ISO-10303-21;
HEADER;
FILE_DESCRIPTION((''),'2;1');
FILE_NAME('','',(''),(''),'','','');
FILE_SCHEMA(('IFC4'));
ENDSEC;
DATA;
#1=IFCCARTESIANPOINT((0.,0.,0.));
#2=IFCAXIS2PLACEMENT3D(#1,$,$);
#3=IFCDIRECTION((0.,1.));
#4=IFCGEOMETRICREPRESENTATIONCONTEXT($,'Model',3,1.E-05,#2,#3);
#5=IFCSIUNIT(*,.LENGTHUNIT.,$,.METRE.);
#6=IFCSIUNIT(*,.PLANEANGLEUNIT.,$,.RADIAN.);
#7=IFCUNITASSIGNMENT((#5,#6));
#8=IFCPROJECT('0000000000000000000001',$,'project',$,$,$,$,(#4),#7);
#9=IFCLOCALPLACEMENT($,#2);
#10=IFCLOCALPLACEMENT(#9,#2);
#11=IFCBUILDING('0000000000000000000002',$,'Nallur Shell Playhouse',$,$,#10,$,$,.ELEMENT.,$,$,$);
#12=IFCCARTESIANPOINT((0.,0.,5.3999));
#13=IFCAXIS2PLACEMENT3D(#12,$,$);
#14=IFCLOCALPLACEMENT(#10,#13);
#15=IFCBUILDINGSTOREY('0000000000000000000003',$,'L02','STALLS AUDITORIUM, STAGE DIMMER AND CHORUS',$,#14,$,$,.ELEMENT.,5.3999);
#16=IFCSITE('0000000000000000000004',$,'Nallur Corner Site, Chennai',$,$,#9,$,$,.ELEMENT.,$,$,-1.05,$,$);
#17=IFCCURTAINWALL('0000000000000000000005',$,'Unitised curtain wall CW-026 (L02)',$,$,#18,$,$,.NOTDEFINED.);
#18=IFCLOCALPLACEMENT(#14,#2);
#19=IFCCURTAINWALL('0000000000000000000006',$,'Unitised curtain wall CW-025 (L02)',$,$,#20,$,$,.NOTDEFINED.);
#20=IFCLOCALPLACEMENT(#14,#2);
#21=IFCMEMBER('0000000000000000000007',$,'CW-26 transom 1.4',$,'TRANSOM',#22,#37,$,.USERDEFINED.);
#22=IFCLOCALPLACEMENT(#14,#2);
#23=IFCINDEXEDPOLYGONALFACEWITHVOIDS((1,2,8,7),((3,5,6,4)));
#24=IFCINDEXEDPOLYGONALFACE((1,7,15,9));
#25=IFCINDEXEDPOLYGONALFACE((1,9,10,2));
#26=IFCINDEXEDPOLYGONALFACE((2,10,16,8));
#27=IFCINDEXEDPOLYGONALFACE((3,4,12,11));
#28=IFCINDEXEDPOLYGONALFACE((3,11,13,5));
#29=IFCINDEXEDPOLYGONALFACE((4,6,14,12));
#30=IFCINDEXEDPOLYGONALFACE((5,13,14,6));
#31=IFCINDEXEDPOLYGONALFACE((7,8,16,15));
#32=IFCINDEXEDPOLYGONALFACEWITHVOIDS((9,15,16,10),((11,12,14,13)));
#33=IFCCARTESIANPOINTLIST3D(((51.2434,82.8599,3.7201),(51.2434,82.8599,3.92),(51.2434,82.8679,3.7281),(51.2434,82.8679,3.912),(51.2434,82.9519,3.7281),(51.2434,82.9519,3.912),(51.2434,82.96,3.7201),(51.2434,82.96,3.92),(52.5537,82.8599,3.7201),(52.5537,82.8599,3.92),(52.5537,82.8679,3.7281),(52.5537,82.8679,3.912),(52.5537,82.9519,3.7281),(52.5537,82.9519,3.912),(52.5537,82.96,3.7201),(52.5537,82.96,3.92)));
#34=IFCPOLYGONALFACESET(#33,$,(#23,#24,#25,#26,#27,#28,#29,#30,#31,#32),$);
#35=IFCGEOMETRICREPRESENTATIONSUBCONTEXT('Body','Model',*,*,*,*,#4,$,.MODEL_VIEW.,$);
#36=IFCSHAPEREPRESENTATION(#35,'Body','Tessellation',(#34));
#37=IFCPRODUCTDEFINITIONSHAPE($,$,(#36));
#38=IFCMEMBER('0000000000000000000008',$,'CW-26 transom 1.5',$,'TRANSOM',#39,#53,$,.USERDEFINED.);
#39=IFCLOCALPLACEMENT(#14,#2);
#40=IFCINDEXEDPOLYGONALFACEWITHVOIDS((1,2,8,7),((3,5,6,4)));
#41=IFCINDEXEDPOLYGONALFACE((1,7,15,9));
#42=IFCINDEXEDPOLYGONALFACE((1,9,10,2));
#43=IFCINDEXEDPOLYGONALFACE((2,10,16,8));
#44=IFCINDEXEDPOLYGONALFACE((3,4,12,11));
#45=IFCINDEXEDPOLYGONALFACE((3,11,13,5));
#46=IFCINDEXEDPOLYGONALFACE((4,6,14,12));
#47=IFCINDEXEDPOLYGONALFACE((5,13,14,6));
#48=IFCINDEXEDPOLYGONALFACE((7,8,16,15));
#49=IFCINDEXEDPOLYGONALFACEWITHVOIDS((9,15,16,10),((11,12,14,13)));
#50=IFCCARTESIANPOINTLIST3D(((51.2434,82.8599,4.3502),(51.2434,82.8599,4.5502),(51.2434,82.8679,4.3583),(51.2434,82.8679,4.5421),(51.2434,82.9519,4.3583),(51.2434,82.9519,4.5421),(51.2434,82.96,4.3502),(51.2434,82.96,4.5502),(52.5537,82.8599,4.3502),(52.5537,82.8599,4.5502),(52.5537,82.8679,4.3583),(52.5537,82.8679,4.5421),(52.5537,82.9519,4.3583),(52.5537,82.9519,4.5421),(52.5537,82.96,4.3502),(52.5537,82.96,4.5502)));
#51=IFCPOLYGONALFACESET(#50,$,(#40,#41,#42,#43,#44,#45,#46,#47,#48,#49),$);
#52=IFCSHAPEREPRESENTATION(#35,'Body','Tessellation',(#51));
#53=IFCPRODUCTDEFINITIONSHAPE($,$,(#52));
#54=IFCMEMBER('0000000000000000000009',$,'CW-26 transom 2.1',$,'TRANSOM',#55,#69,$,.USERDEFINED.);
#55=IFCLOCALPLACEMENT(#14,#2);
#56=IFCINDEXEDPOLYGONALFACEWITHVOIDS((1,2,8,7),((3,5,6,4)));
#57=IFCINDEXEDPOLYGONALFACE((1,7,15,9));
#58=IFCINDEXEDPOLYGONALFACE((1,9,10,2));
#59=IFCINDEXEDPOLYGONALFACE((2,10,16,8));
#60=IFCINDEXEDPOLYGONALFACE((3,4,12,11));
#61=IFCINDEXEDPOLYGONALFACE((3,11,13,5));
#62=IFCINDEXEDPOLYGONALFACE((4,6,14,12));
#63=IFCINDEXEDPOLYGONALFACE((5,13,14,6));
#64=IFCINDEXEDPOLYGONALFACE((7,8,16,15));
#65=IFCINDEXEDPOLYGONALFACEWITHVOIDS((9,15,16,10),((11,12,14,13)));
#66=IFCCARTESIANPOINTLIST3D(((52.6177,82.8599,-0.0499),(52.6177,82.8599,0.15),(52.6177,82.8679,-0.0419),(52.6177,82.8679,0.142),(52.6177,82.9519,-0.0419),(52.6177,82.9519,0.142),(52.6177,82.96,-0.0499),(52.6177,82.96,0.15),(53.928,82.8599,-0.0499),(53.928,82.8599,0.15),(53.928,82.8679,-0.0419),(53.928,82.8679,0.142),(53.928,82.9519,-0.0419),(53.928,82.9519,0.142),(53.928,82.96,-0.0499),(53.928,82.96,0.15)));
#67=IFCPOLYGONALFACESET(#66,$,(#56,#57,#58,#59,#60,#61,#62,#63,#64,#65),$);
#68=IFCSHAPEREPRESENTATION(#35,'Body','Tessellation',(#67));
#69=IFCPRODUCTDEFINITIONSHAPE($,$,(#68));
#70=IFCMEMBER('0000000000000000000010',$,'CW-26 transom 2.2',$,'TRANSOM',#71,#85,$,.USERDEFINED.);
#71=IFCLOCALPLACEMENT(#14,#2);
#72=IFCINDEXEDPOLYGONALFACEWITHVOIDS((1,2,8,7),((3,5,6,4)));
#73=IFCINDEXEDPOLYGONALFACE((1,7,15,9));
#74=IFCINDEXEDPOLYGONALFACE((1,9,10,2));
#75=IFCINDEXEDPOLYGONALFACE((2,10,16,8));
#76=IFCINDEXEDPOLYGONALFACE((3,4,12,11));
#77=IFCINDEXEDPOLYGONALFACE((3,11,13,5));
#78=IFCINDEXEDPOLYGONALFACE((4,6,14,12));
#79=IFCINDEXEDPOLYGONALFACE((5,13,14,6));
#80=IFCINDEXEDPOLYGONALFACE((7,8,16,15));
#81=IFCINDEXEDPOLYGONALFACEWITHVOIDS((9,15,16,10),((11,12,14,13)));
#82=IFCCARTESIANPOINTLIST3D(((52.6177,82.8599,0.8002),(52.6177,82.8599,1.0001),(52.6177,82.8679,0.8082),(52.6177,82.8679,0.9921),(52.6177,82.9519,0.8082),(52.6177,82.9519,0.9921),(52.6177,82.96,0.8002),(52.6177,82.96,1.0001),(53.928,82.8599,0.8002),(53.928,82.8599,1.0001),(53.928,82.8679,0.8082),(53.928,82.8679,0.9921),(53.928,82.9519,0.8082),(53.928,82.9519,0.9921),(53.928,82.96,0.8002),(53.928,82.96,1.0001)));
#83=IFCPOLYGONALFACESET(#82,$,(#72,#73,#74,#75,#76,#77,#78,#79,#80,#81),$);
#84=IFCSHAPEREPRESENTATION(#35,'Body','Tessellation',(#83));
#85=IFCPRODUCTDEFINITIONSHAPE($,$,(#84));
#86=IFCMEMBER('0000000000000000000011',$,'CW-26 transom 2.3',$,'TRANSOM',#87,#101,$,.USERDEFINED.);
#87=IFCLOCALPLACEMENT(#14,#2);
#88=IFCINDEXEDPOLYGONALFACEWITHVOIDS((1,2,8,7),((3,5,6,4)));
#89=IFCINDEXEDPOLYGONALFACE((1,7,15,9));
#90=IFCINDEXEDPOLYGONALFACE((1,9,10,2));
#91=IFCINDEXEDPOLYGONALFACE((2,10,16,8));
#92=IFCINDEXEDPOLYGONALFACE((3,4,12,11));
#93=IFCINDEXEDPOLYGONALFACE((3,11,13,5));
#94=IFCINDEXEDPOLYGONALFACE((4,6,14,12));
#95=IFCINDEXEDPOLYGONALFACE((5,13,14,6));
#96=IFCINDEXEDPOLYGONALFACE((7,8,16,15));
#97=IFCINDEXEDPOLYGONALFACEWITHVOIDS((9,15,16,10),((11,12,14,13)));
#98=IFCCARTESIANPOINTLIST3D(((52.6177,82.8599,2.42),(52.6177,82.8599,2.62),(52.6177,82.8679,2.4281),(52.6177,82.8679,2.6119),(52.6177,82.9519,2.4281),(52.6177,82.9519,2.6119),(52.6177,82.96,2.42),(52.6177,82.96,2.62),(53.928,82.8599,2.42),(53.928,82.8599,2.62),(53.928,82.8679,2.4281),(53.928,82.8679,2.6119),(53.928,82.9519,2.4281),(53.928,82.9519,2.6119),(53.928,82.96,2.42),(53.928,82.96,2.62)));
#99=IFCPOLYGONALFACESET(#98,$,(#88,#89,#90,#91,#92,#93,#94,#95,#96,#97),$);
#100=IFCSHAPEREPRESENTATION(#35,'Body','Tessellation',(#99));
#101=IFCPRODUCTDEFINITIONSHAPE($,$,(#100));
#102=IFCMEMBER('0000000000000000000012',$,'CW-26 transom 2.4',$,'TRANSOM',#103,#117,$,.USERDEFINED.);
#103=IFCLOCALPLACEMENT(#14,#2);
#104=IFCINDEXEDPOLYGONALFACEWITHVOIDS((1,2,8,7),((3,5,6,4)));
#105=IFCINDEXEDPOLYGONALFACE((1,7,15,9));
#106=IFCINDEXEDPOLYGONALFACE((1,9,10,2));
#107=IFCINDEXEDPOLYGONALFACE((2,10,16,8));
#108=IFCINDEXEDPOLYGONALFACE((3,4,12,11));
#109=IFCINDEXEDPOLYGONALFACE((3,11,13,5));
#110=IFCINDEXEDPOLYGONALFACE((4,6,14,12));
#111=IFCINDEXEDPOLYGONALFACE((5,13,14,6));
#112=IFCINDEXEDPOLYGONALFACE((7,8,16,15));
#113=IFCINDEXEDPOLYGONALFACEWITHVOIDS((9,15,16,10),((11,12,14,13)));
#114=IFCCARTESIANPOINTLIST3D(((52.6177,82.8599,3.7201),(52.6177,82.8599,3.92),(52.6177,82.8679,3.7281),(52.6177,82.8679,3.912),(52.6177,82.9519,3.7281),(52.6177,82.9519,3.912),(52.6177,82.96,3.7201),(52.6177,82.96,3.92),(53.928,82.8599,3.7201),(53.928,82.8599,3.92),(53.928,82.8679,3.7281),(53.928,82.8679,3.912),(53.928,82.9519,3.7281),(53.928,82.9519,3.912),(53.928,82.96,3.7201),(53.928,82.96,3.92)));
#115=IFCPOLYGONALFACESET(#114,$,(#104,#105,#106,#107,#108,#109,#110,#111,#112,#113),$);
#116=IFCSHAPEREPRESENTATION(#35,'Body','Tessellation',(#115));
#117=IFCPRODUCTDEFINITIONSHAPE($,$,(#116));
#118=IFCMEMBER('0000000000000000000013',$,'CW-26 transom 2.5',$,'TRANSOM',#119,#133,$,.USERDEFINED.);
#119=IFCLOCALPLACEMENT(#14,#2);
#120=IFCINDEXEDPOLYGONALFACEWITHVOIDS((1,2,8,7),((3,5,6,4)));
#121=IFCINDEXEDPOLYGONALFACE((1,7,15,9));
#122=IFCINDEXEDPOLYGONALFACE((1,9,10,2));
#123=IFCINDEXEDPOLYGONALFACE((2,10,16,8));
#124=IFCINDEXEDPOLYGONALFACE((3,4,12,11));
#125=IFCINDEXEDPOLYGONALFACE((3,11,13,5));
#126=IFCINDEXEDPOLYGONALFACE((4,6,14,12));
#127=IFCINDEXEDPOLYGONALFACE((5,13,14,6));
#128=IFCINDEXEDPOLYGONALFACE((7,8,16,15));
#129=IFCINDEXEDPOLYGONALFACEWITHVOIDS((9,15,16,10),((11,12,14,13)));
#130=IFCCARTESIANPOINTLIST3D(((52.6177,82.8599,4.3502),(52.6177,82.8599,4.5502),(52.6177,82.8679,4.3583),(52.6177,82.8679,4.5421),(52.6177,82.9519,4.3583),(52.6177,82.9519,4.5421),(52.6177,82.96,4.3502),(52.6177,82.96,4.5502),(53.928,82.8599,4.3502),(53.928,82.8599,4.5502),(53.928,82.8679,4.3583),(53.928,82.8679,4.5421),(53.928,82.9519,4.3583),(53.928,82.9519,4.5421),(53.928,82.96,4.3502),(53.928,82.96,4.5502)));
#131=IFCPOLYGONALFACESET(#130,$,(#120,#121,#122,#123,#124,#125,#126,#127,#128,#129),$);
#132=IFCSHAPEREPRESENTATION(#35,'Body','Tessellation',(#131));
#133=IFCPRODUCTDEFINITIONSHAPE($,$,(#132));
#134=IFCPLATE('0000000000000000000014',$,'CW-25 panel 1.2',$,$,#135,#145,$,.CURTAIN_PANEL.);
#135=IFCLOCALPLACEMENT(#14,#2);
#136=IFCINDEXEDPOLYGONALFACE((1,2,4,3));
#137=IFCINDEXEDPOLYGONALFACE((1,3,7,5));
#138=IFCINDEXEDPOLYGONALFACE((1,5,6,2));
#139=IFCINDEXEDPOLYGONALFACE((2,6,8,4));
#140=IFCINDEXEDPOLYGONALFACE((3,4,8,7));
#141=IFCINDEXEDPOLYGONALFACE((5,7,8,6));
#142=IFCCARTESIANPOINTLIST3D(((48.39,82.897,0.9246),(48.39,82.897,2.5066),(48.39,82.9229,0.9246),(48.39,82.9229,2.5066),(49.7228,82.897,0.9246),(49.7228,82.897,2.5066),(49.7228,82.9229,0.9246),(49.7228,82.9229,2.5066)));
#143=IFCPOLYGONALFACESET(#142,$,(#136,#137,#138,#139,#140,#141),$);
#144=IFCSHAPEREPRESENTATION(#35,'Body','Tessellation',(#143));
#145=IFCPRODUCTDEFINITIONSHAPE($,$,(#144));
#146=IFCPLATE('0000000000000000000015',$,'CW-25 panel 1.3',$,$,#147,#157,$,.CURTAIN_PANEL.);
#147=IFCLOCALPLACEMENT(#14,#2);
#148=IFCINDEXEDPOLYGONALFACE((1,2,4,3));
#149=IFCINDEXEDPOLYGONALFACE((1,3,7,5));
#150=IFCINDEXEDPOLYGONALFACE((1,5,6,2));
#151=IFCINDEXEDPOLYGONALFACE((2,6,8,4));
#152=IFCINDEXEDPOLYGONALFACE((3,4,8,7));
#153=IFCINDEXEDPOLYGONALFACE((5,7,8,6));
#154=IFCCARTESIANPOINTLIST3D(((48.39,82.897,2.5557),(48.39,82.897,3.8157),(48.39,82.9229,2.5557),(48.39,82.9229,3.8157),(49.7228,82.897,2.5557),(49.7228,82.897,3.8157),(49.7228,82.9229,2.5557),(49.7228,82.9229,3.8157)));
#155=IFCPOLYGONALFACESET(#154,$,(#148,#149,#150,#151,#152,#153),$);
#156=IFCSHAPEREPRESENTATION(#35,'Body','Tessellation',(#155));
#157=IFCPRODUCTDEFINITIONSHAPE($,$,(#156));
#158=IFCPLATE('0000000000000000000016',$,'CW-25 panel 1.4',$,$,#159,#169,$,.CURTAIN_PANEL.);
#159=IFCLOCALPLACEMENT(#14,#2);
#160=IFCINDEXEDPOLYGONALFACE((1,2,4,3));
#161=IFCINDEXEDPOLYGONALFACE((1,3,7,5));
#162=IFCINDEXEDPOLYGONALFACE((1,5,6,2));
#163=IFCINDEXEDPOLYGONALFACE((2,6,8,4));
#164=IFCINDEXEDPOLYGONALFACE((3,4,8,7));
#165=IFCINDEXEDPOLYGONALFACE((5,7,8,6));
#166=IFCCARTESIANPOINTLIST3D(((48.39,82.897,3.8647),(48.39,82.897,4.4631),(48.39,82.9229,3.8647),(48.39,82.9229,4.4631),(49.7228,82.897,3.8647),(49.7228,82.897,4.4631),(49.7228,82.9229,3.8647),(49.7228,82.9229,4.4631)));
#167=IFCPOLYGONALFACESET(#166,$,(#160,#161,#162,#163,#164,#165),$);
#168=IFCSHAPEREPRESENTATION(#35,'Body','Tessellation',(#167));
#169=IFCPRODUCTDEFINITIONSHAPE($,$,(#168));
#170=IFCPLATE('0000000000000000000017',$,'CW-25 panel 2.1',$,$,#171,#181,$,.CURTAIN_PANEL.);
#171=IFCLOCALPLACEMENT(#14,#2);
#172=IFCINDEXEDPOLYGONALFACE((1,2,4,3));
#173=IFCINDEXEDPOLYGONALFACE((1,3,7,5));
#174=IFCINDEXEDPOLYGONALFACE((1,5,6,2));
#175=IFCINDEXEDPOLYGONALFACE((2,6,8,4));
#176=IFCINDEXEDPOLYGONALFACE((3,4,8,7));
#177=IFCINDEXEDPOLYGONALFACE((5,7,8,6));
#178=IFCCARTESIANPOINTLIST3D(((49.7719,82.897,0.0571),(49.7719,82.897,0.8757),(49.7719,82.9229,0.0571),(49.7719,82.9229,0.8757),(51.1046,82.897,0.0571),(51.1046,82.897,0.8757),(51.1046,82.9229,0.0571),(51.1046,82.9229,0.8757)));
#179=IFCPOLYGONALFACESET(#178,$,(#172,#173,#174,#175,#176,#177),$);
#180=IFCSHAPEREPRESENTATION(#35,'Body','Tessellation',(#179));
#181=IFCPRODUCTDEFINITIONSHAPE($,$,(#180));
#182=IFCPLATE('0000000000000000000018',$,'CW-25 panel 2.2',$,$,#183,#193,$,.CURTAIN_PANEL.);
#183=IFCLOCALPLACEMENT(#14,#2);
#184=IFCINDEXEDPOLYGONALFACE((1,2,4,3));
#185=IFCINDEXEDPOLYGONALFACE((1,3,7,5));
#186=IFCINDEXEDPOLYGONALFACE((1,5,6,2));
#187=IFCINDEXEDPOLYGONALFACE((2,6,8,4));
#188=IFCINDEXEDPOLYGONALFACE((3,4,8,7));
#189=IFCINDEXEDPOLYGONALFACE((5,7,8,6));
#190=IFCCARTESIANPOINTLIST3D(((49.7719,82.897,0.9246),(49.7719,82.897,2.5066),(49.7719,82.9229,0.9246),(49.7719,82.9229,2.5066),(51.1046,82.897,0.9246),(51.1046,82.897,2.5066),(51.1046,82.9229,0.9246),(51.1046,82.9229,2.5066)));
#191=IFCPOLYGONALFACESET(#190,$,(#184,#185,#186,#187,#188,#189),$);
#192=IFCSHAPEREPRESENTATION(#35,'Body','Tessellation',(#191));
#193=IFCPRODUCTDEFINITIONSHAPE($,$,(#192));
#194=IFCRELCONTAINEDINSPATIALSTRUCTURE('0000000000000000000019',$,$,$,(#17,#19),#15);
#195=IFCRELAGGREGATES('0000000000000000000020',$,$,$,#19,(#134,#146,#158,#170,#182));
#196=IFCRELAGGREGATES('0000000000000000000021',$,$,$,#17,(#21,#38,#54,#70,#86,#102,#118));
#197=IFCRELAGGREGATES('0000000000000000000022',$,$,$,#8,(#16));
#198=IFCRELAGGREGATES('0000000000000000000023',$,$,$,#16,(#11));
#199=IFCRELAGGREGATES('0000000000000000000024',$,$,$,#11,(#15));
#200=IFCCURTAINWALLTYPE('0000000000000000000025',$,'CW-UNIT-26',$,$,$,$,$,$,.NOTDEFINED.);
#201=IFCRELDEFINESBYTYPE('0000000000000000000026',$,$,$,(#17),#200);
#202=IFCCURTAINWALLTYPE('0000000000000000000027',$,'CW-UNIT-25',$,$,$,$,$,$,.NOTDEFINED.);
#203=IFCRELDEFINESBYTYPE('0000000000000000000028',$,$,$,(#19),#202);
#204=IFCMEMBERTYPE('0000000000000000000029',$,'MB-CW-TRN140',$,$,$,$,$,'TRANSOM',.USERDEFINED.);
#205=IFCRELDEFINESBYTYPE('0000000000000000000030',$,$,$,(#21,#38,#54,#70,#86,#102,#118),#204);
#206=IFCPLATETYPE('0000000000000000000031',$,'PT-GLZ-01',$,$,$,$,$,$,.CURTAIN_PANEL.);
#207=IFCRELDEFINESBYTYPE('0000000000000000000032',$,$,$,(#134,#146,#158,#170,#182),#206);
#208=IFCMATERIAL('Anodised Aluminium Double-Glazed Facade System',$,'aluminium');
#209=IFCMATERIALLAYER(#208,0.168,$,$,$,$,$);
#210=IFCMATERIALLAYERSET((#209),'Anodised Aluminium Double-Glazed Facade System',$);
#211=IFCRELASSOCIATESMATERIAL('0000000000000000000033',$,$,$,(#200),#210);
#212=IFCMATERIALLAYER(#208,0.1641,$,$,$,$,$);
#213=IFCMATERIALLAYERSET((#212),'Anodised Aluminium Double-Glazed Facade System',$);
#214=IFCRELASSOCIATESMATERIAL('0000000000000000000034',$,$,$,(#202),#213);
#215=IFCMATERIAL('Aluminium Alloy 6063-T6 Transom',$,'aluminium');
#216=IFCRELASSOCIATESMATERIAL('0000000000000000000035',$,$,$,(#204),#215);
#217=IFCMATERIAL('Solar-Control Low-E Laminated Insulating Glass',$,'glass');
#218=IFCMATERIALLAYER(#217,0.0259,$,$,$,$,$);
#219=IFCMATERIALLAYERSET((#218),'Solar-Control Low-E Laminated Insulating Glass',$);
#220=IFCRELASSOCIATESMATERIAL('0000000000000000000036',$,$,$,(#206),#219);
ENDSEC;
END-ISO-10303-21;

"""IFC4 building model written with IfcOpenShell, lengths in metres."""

from ifc_helpers import new_model, si_unit, direction, frame, origin, origin_2d, place, context, subcontext, project, spatial, rectangle, hollow_rectangle, extrude, material, layer, layer_set, material_profile, profile_set, type_object, element, aggregate, save


model = new_model("IFC4")

# Units and contexts
model_context = context("Model", 3, precision=1e-05, world=origin(), true_north=direction((0.0, 1.0)))
body_context = subcontext(model_context, "Body", "Model", "MODEL_VIEW")
ifc_project = project(units=[si_unit("LENGTHUNIT", "METRE"), si_unit("PLANEANGLEUNIT", "RADIAN")], contexts=[model_context])

# Site, building, storey
site_placement = place(None, origin())
site = spatial("IfcSite", under=ifc_project, at=site_placement, Name="Nallur Corner Site, Chennai", CompositionType="ELEMENT", RefElevation=-1.05)
building_placement = place(site_placement, origin())
building = spatial("IfcBuilding", under=site, at=building_placement, Name="Nallur Shell Playhouse", CompositionType="ELEMENT")
storey_placement = place(building_placement, frame((0.0, 0.0, 5.3999)))
storey = spatial("IfcBuildingStorey", under=building, at=storey_placement, Name="L02", Description="STALLS AUDITORIUM, STAGE DIMMER AND CHORUS", CompositionType="ELEMENT", Elevation=5.3999)

# Curtain walls
ifc_material_1 = material(Name="Anodised Aluminium Double-Glazed Facade System", Category="aluminium")
ifc_layer_1 = layer(ifc_material_1, 0.168)
ifc_layer_set_1 = layer_set([ifc_layer_1], Name="Anodised Aluminium Double-Glazed Facade System")
curtain_wall_type_1 = type_object("IfcCurtainWallType", Name="CW-UNIT-26", PredefinedType="NOTDEFINED", material=ifc_layer_set_1)
curtain_wall_1_placement = place(storey_placement, origin())
curtain_wall_1 = element("IfcCurtainWall", 1, at=curtain_wall_1_placement, inside=storey, type_object=curtain_wall_type_1, Name="Unitised curtain wall CW-026 (L02)", PredefinedType="NOTDEFINED")
ifc_layer_2 = layer(ifc_material_1, 0.1641)
ifc_layer_set_2 = layer_set([ifc_layer_2], Name="Anodised Aluminium Double-Glazed Facade System")
curtain_wall_type_2 = type_object("IfcCurtainWallType", Name="CW-UNIT-25", PredefinedType="NOTDEFINED", material=ifc_layer_set_2)
curtain_wall_2_placement = place(storey_placement, origin())
curtain_wall_2 = element("IfcCurtainWall", 2, at=curtain_wall_2_placement, inside=storey, type_object=curtain_wall_type_2, Name="Unitised curtain wall CW-025 (L02)", PredefinedType="NOTDEFINED")
ifc_material_2 = material(Name="Aluminium Alloy 6063-T6 Transom", Category="aluminium")

# Members
ifc_material_profile_1 = material_profile(ifc_material_2, hollow_rectangle(XDim=0.1001, YDim=0.2, WallThickness=0.0081, at=origin_2d()), Name="RHS 200x100x8")
ifc_profile_set_1 = profile_set([ifc_material_profile_1], Name="Aluminium Alloy 6063-T6 Transom")
member_type_1 = type_object("IfcMemberType", Name="MB-CW-TRN140", ElementType="TRANSOM", PredefinedType="USERDEFINED", material=ifc_profile_set_1)
member_1_placement = place(storey_placement, frame((51.2434, 82.9099, 3.8201), z_axis=(1.0, 0.0, 0.0), x_axis=(0.0, 1.0, 0.0)))
member_1 = element("IfcMember", 3, at=member_1_placement, type_object=member_type_1, Name="CW-26 transom 1.4", ObjectType="TRANSOM", PredefinedType="USERDEFINED", context=body_context, shape_type="SweptSolid", body=[
    extrude(hollow_rectangle(XDim=0.1001, YDim=0.2, WallThickness=0.0081, at=origin_2d()), origin(), (0.0, 0.0, 1.0), 1.3103),
])
member_2_placement = place(storey_placement, frame((51.2434, 82.9099, 4.4502), z_axis=(1.0, 0.0, 0.0), x_axis=(0.0, 1.0, 0.0)))
member_2 = element("IfcMember", 4, at=member_2_placement, type_object=member_type_1, Name="CW-26 transom 1.5", ObjectType="TRANSOM", PredefinedType="USERDEFINED", context=body_context, shape_type="SweptSolid", body=[
    extrude(hollow_rectangle(XDim=0.1001, YDim=0.2, WallThickness=0.0081, at=origin_2d()), origin(), (0.0, 0.0, 1.0), 1.3103),
])
member_3_placement = place(storey_placement, frame((52.6177, 82.9099, 0.05), z_axis=(1.0, 0.0, 0.0), x_axis=(0.0, 1.0, 0.0)))
member_3 = element("IfcMember", 5, at=member_3_placement, type_object=member_type_1, Name="CW-26 transom 2.1", ObjectType="TRANSOM", PredefinedType="USERDEFINED", context=body_context, shape_type="SweptSolid", body=[
    extrude(hollow_rectangle(XDim=0.1001, YDim=0.2, WallThickness=0.0081, at=origin_2d()), origin(), (0.0, 0.0, 1.0), 1.3103),
])
member_4_placement = place(storey_placement, frame((52.6177, 82.9099, 0.9001), z_axis=(1.0, 0.0, 0.0), x_axis=(0.0, 1.0, 0.0)))
member_4 = element("IfcMember", 6, at=member_4_placement, type_object=member_type_1, Name="CW-26 transom 2.2", ObjectType="TRANSOM", PredefinedType="USERDEFINED", context=body_context, shape_type="SweptSolid", body=[
    extrude(hollow_rectangle(XDim=0.1001, YDim=0.2, WallThickness=0.0081, at=origin_2d()), origin(), (0.0, 0.0, 1.0), 1.3103),
])
member_5_placement = place(storey_placement, frame((52.6177, 82.9099, 2.52), z_axis=(1.0, 0.0, 0.0), x_axis=(0.0, 1.0, 0.0)))
member_5 = element("IfcMember", 7, at=member_5_placement, type_object=member_type_1, Name="CW-26 transom 2.3", ObjectType="TRANSOM", PredefinedType="USERDEFINED", context=body_context, shape_type="SweptSolid", body=[
    extrude(hollow_rectangle(XDim=0.1001, YDim=0.2, WallThickness=0.0081, at=origin_2d()), origin(), (0.0, 0.0, 1.0), 1.3103),
])
member_6_placement = place(storey_placement, frame((52.6177, 82.9099, 3.8201), z_axis=(1.0, 0.0, 0.0), x_axis=(0.0, 1.0, 0.0)))
member_6 = element("IfcMember", 8, at=member_6_placement, type_object=member_type_1, Name="CW-26 transom 2.4", ObjectType="TRANSOM", PredefinedType="USERDEFINED", context=body_context, shape_type="SweptSolid", body=[
    extrude(hollow_rectangle(XDim=0.1001, YDim=0.2, WallThickness=0.0081, at=origin_2d()), origin(), (0.0, 0.0, 1.0), 1.3103),
])
member_7_placement = place(storey_placement, frame((52.6177, 82.9099, 4.4502), z_axis=(1.0, 0.0, 0.0), x_axis=(0.0, 1.0, 0.0)))
member_7 = element("IfcMember", 9, at=member_7_placement, type_object=member_type_1, Name="CW-26 transom 2.5", ObjectType="TRANSOM", PredefinedType="USERDEFINED", context=body_context, shape_type="SweptSolid", body=[
    extrude(hollow_rectangle(XDim=0.1001, YDim=0.2, WallThickness=0.0081, at=origin_2d()), origin(), (0.0, 0.0, 1.0), 1.3103),
])

# Plates
ifc_material_3 = material(Name="Solar-Control Low-E Laminated Insulating Glass", Category="glass")
ifc_layer_3 = layer(ifc_material_3, 0.0259)
ifc_layer_set_3 = layer_set([ifc_layer_3], Name="Solar-Control Low-E Laminated Insulating Glass")
plate_type_1 = type_object("IfcPlateType", Name="PT-GLZ-01", PredefinedType="CURTAIN_PANEL", material=ifc_layer_set_3)
plate_1_placement = place(storey_placement, frame((49.0564, 82.9099, 0.9246), z_axis=(0.0, 0.0, 1.0), x_axis=(1.0, 0.0, 0.0)))
plate_1 = element("IfcPlate", 10, at=plate_1_placement, type_object=plate_type_1, Name="CW-25 panel 1.2", PredefinedType="CURTAIN_PANEL", context=body_context, shape_type="SweptSolid", body=[
    extrude(rectangle(XDim=1.3328, YDim=0.0259, at=origin_2d()), origin(), (0.0, 0.0, 1.0), 1.582),
])
plate_2_placement = place(storey_placement, frame((49.0564, 82.9099, 2.5557), z_axis=(0.0, 0.0, 1.0), x_axis=(1.0, 0.0, 0.0)))
plate_2 = element("IfcPlate", 11, at=plate_2_placement, type_object=plate_type_1, Name="CW-25 panel 1.3", PredefinedType="CURTAIN_PANEL", context=body_context, shape_type="SweptSolid", body=[
    extrude(rectangle(XDim=1.3328, YDim=0.0259, at=origin_2d()), origin(), (0.0, 0.0, 1.0), 1.26),
])
plate_3_placement = place(storey_placement, frame((49.0564, 82.9099, 3.8647), z_axis=(0.0, 0.0, 1.0), x_axis=(1.0, 0.0, 0.0)))
plate_3 = element("IfcPlate", 12, at=plate_3_placement, type_object=plate_type_1, Name="CW-25 panel 1.4", PredefinedType="CURTAIN_PANEL", context=body_context, shape_type="SweptSolid", body=[
    extrude(rectangle(XDim=1.3328, YDim=0.0259, at=origin_2d()), origin(), (0.0, 0.0, 1.0), 0.5984),
])
plate_4_placement = place(storey_placement, frame((50.4382, 82.9099, 0.0571), z_axis=(0.0, 0.0, 1.0), x_axis=(1.0, 0.0, 0.0)))
plate_4 = element("IfcPlate", 13, at=plate_4_placement, type_object=plate_type_1, Name="CW-25 panel 2.1", PredefinedType="CURTAIN_PANEL", context=body_context, shape_type="SweptSolid", body=[
    extrude(rectangle(XDim=1.3328, YDim=0.0259, at=origin_2d()), origin(), (0.0, 0.0, 1.0), 0.8186),
])
plate_5_placement = place(storey_placement, frame((50.4382, 82.9099, 0.9246), z_axis=(0.0, 0.0, 1.0), x_axis=(1.0, 0.0, 0.0)))
plate_5 = element("IfcPlate", 14, at=plate_5_placement, type_object=plate_type_1, Name="CW-25 panel 2.2", PredefinedType="CURTAIN_PANEL", context=body_context, shape_type="SweptSolid", body=[
    extrude(rectangle(XDim=1.3328, YDim=0.0259, at=origin_2d()), origin(), (0.0, 0.0, 1.0), 1.582),
])
aggregate(curtain_wall_2, [plate_1, plate_2, plate_3, plate_4, plate_5])
aggregate(curtain_wall_1, [member_1, member_2, member_3, member_4, member_5, member_6, member_7])

save(model, "model.ifc")
